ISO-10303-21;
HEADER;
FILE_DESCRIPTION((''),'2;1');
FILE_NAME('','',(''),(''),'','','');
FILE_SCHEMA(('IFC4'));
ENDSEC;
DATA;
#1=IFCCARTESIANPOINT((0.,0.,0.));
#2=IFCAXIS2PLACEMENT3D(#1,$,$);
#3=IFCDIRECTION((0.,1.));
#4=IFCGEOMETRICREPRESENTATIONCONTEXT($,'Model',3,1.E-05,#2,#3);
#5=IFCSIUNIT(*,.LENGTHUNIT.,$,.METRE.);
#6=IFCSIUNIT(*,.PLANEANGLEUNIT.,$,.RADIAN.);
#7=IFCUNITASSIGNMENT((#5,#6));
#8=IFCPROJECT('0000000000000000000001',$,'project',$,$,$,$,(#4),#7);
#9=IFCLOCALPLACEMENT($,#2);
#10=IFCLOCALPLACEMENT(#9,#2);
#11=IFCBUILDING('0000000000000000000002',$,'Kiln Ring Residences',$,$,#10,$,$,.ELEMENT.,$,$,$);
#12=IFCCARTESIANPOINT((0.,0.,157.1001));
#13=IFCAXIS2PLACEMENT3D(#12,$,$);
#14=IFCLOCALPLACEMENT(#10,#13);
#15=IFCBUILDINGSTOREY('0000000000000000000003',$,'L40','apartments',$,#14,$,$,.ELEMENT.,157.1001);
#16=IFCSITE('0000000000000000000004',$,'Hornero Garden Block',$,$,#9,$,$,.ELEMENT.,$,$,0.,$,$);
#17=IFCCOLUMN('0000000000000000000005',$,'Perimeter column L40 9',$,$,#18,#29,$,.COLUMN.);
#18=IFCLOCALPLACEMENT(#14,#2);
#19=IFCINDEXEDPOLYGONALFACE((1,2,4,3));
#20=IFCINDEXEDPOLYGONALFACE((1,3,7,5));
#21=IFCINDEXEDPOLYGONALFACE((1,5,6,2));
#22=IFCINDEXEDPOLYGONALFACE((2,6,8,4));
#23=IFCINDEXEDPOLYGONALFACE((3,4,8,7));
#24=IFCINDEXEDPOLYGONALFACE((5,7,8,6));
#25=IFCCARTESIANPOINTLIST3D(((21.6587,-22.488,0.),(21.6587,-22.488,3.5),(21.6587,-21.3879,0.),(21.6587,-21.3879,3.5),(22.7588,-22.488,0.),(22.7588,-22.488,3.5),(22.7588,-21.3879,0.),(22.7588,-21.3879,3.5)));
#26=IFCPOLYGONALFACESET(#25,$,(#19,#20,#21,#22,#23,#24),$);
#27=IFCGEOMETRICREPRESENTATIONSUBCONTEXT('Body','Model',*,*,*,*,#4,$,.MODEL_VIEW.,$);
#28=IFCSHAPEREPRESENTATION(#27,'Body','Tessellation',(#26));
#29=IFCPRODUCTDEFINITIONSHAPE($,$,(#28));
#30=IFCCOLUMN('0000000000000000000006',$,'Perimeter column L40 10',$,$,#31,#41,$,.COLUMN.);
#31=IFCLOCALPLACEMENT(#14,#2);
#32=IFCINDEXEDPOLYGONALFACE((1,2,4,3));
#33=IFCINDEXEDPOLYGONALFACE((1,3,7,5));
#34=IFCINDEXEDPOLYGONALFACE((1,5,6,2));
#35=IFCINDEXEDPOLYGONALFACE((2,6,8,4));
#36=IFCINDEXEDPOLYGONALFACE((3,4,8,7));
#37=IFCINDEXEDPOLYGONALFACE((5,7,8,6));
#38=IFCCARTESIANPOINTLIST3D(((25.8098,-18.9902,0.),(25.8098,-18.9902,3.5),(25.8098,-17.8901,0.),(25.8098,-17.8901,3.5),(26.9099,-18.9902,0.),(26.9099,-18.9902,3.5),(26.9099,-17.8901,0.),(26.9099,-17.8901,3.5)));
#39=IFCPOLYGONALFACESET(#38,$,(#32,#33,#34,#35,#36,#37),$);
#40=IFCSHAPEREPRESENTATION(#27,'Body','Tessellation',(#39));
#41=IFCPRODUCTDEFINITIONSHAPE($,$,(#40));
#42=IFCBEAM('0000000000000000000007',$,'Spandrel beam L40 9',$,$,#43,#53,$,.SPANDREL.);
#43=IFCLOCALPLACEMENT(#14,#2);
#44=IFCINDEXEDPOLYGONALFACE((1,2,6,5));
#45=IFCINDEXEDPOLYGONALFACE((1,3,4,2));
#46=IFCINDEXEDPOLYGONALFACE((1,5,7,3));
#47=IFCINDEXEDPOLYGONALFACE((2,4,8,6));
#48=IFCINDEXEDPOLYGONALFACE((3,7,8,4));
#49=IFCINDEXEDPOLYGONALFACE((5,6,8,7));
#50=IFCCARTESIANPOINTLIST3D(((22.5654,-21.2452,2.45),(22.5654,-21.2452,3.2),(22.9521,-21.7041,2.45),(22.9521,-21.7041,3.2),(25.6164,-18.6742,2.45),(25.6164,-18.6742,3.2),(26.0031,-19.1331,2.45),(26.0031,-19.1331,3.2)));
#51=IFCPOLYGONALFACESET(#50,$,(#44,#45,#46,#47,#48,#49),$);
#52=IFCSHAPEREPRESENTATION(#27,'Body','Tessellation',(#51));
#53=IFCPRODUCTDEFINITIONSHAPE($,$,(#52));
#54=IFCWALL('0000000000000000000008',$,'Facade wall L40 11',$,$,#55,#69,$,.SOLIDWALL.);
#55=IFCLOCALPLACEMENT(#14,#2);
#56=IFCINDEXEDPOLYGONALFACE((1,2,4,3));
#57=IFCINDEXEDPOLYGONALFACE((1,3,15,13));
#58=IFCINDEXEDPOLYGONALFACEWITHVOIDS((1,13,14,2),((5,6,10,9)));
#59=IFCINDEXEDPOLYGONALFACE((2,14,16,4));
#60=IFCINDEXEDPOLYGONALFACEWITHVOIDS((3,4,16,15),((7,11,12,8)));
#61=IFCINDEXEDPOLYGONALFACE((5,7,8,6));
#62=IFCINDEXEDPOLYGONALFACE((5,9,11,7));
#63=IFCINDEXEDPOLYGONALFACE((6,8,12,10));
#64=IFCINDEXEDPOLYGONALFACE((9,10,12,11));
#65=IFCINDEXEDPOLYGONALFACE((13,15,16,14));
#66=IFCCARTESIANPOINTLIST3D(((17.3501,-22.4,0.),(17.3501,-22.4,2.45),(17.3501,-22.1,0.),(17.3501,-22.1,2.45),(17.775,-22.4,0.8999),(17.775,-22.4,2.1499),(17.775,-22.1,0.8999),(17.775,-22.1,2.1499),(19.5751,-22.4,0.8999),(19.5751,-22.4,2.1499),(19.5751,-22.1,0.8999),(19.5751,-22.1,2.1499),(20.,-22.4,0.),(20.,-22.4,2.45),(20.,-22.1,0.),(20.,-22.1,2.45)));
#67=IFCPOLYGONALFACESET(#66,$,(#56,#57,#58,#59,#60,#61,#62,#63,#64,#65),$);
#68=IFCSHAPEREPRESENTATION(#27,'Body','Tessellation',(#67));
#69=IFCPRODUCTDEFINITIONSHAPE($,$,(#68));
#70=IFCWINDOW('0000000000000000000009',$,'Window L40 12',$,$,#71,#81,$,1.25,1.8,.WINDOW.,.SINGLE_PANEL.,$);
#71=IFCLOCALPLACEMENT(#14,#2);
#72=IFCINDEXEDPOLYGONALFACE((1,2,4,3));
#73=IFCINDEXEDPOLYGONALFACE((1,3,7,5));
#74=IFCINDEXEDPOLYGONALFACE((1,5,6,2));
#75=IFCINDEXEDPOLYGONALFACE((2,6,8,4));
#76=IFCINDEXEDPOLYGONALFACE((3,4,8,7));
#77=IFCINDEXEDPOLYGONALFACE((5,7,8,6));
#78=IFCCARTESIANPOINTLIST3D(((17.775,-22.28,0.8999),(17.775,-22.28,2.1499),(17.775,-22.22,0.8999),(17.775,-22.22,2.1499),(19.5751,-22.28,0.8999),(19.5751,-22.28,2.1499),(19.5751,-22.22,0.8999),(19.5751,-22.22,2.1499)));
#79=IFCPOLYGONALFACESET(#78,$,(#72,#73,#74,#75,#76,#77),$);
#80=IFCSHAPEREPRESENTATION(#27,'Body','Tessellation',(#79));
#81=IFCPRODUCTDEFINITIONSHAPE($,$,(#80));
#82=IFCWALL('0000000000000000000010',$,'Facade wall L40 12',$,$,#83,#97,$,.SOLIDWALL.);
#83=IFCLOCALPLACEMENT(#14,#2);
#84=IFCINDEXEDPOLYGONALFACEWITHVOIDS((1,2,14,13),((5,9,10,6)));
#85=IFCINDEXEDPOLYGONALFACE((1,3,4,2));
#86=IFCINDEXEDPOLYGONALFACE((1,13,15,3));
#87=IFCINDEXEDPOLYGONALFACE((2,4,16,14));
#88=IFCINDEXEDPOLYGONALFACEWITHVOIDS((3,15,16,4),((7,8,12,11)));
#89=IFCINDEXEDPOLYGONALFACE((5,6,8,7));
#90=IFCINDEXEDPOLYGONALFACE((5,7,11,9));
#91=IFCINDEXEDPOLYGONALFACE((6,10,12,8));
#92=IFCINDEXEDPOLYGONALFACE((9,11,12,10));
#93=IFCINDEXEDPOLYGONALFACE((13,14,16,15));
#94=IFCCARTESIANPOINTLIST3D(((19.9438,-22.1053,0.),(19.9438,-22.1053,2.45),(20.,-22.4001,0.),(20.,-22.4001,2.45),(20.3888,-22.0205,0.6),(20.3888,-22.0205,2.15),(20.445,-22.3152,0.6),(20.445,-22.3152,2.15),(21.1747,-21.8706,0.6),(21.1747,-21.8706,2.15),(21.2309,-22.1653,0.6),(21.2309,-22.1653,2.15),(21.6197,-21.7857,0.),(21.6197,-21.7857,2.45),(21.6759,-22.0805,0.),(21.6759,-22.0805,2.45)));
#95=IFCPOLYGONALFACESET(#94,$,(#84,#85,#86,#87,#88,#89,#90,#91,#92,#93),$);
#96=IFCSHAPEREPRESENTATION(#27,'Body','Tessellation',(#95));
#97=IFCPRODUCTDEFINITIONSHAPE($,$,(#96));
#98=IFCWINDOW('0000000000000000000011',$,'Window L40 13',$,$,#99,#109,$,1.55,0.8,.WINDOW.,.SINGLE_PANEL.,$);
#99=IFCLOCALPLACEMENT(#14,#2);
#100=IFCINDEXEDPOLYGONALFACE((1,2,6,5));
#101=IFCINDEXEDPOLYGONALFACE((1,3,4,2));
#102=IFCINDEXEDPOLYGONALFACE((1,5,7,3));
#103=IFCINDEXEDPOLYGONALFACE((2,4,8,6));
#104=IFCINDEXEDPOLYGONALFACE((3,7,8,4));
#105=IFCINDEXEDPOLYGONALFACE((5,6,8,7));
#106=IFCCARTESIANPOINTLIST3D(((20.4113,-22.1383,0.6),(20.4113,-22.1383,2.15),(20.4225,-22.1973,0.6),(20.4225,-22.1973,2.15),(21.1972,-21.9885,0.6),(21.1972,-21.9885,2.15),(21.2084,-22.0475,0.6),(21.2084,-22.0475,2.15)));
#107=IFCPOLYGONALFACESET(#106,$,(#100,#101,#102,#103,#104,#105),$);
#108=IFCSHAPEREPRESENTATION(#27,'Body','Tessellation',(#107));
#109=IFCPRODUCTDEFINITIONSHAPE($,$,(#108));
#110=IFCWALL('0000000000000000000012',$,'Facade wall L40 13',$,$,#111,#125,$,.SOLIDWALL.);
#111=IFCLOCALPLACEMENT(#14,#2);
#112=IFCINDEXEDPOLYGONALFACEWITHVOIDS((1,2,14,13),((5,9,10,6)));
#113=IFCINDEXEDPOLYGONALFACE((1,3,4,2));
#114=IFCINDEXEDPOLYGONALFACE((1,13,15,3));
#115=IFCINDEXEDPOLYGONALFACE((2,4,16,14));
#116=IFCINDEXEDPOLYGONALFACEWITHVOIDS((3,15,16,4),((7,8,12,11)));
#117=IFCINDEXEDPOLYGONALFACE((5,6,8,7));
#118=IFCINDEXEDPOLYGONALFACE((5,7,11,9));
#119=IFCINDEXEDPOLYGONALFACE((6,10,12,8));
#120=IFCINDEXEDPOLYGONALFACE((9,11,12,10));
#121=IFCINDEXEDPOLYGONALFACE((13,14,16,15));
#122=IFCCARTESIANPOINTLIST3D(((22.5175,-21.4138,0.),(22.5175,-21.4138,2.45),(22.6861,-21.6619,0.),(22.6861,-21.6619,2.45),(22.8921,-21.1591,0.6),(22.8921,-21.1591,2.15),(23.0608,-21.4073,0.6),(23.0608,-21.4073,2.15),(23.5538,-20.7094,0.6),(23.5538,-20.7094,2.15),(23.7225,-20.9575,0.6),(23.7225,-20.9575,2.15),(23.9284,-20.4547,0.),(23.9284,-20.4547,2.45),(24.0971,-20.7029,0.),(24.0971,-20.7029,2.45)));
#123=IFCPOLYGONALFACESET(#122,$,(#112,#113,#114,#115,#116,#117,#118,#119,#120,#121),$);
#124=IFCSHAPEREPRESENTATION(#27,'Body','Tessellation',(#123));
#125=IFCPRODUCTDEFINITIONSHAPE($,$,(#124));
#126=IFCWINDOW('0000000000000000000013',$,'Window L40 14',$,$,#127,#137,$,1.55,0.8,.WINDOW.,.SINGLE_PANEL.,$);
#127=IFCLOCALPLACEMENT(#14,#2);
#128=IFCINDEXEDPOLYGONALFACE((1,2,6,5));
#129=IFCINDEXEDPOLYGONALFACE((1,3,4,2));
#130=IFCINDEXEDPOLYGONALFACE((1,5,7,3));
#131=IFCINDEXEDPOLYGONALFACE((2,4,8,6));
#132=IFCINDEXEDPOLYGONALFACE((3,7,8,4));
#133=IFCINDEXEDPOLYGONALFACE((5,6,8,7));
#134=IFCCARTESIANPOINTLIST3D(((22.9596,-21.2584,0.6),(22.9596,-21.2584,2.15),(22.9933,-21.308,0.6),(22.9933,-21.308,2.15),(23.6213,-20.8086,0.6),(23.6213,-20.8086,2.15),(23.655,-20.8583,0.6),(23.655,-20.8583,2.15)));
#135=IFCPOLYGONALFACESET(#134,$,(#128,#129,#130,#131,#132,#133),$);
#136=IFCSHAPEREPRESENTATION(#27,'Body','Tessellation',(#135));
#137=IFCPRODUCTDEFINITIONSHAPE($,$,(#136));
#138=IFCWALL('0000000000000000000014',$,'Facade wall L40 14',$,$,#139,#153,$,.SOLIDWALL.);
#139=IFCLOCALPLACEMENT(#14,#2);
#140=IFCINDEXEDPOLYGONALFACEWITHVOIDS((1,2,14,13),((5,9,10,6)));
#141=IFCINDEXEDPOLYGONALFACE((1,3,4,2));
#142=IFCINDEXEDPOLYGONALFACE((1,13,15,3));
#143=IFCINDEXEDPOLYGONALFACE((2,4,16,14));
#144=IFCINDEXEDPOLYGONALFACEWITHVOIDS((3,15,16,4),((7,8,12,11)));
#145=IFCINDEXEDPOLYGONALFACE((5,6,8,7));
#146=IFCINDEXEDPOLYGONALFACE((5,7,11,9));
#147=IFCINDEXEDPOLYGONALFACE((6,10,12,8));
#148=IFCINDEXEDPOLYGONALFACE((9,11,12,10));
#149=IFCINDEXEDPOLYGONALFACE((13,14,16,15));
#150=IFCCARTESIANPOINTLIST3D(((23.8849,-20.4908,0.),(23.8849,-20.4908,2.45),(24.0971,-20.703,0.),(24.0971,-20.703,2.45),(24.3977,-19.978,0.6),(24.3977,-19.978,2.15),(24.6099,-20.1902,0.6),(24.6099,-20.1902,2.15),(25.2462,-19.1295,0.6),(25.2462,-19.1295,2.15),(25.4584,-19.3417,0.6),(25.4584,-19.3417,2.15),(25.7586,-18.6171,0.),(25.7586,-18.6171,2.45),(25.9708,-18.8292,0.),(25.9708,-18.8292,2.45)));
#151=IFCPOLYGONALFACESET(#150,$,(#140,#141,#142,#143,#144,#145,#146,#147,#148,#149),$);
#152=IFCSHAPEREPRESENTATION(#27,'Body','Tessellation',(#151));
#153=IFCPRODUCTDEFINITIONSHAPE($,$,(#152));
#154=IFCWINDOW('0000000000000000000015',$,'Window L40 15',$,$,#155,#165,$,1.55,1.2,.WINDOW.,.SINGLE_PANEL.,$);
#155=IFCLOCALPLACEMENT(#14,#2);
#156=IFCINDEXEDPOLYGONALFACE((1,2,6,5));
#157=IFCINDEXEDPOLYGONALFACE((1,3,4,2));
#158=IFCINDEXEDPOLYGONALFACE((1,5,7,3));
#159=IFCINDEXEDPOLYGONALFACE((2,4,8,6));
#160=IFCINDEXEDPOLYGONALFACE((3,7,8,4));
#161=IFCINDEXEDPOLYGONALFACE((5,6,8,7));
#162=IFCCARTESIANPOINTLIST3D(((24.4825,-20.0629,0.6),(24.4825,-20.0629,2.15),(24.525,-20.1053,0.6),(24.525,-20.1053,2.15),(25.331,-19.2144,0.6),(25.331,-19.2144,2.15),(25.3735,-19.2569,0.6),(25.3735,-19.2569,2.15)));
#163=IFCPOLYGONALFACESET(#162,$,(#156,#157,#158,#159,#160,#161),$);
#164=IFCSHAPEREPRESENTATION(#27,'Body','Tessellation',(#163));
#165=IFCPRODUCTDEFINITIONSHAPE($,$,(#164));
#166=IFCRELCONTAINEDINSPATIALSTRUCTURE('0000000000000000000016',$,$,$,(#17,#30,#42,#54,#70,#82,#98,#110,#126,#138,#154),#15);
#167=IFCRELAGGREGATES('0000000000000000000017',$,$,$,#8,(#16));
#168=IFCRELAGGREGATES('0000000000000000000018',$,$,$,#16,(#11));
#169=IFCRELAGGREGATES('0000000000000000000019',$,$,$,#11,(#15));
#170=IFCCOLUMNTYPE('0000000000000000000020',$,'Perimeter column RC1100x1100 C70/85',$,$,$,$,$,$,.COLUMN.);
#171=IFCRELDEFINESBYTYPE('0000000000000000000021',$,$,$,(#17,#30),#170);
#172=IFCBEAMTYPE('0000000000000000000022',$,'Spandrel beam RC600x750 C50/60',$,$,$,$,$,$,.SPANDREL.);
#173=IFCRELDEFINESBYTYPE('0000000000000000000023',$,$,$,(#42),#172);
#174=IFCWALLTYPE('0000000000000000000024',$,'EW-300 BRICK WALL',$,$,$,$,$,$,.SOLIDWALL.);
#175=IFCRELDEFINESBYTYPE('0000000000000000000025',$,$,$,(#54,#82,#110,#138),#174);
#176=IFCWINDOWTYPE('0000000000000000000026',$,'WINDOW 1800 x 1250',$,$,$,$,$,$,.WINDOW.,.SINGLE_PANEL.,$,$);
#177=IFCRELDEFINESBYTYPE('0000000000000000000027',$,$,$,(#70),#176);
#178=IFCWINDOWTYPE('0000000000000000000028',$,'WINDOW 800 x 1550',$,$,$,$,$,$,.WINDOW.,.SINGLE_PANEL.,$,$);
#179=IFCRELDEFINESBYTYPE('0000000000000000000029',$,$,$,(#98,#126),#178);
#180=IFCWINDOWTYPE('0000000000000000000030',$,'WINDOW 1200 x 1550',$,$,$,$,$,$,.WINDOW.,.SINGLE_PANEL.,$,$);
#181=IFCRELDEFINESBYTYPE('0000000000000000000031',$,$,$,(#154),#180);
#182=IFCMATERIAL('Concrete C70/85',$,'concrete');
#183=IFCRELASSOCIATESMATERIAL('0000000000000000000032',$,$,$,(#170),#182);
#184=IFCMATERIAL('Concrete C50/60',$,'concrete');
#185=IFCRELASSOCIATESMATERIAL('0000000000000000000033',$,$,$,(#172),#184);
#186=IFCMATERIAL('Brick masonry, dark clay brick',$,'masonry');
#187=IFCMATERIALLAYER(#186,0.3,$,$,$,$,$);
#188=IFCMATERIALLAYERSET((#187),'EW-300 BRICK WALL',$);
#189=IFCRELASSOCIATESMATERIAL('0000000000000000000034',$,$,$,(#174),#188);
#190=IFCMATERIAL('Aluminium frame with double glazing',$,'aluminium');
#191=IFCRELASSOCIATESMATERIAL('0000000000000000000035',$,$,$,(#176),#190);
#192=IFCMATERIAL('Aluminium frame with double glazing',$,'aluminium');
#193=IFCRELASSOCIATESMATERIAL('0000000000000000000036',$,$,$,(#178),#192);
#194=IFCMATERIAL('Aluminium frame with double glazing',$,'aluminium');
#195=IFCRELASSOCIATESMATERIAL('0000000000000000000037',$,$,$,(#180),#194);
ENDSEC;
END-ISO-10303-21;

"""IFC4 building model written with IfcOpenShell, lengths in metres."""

from ifc_helpers import new_model, si_unit, direction, frame, frame_2d, origin, origin_2d, place, context, subcontext, project, spatial, rectangle, extrude, material, layer, layer_set, material_profile, profile_set, type_object, element, fill, save


model = new_model("IFC4")

# Units and contexts
model_context = context("Model", 3, precision=1e-05, world=origin(), true_north=direction((0.0, 1.0)))
body_context = subcontext(model_context, "Body", "Model", "MODEL_VIEW")
ifc_project = project(units=[si_unit("LENGTHUNIT", "METRE"), si_unit("PLANEANGLEUNIT", "RADIAN")], contexts=[model_context])

# Site, building, storey
site_placement = place(None, origin())
site = spatial("IfcSite", under=ifc_project, at=site_placement, Name="Hornero Garden Block", CompositionType="ELEMENT", RefElevation=0.0)
building_placement = place(site_placement, origin())
building = spatial("IfcBuilding", under=site, at=building_placement, Name="Kiln Ring Residences", CompositionType="ELEMENT")
storey_placement = place(building_placement, frame((0.0, 0.0, 157.1001)))
storey = spatial("IfcBuildingStorey", under=building, at=storey_placement, Name="L40", Description="apartments", CompositionType="ELEMENT", Elevation=157.1001)

# Columns
ifc_material_1 = material(Name="Concrete C70/85", Category="concrete")
ifc_material_profile_1 = material_profile(ifc_material_1, rectangle(XDim=1.1001, YDim=1.1001, at=origin_2d()), Name="RC1100x1100")
ifc_profile_set_1 = profile_set([ifc_material_profile_1], Name="Concrete C70/85")
column_type = type_object("IfcColumnType", Name="Perimeter column RC1100x1100 C70/85", PredefinedType="COLUMN", material=ifc_profile_set_1)
for number, where, z_axis, x_axis, name in (
    (1, (22.2087, -21.938, 0.0), (0.0, 0.0, 1.0), (1.0, 0.0, 0.0), "Perimeter column L40 9"),
    (2, (26.3599, -18.4402, 0.0), (0.0, 0.0, 1.0), (1.0, 0.0, 0.0), "Perimeter column L40 10"),
):
    element("IfcColumn", number, at=place(storey_placement, frame(where, z_axis=z_axis, x_axis=x_axis)), inside=storey, type_object=column_type, Name=name, PredefinedType="COLUMN", context=body_context, shape_type="SweptSolid", body=[
        extrude(rectangle(XDim=1.1001, YDim=1.1001, at=origin_2d()), origin(), (0.0, 0.0, 1.0), 3.5),
    ])

# Beam
ifc_material_2 = material(Name="Concrete C50/60", Category="concrete")
ifc_material_profile_2 = material_profile(ifc_material_2, rectangle(XDim=0.6001, YDim=0.75, at=origin_2d()), Name="RC600x750")
ifc_profile_set_2 = profile_set([ifc_material_profile_2], Name="Concrete C50/60")
beam_type = type_object("IfcBeamType", Name="Spandrel beam RC600x750 C50/60", PredefinedType="SPANDREL", material=ifc_profile_set_2)
beam_placement = place(storey_placement, frame((22.7588, -21.4746, 2.825), z_axis=(0.764694, 0.644394, 0.0), x_axis=(-0.644394, 0.764694, 0.0)))
element("IfcBeam", 3, at=beam_placement, inside=storey, type_object=beam_type, Name="Spandrel beam L40 9", PredefinedType="SPANDREL", context=body_context, shape_type="SweptSolid", body=[
    extrude(rectangle(XDim=0.6001, YDim=0.75, at=origin_2d()), origin(), (0.0, 0.0, 1.0), 3.9897),
])

# Walls, openings, windows
ifc_material_3 = material(Name="Brick masonry, dark clay brick", Category="masonry")
ifc_layer_1 = layer(ifc_material_3, 0.3)
ifc_layer_set_1 = layer_set([ifc_layer_1], Name="EW-300 BRICK WALL")
wall_type_1 = type_object("IfcWallType", Name="EW-300 BRICK WALL", PredefinedType="SOLIDWALL", material=ifc_layer_set_1)
wall_1_placement = place(storey_placement, frame((17.3501, -22.25, 0.0), z_axis=(0.0, 0.0, 1.0), x_axis=(1.0, 0.0, 0.0)))
wall_1 = element("IfcWall", 4, at=wall_1_placement, inside=storey, type_object=wall_type_1, Name="Facade wall L40 11", PredefinedType="SOLIDWALL", context=body_context, shape_type="SweptSolid", body=[
    extrude(rectangle(XDim=2.6499, YDim=0.3, at=frame_2d((1.325, 0.0))), origin(), (0.0, 0.0, 1.0), 2.45),
])
opening_1_placement = place(wall_1_placement, frame((0.425, 0.0, 0.8999)))
opening_1 = element("IfcOpeningElement", 5, at=opening_1_placement, cuts=wall_1, PredefinedType="OPENING", context=body_context, shape_type="SweptSolid", body=[
    extrude(rectangle(XDim=1.8, YDim=1.25, at=frame_2d((0.8999, 0.625))), frame((0.0, 0.1599, 0.0), z_axis=(0.0, -1.0, 0.0), x_axis=(1.0, 0.0, 0.0)), (0.0, 0.0, 1.0), 0.3201),
])
ifc_material_4 = material(Name="Aluminium frame with double glazing", Category="aluminium")
window_type_1 = type_object("IfcWindowType", Name="WINDOW 1800 x 1250", PartitioningType="SINGLE_PANEL", PredefinedType="WINDOW", material=ifc_material_4)
window_1_placement = place(opening_1_placement, origin())
window_1 = element("IfcWindow", 6, at=window_1_placement, inside=storey, type_object=window_type_1, Name="Window L40 12", OverallHeight=1.25, OverallWidth=1.8, PartitioningType="SINGLE_PANEL", PredefinedType="WINDOW", context=body_context, shape_type="SweptSolid", body=[
    extrude(rectangle(XDim=1.8, YDim=1.25, at=frame_2d((0.8999, 0.625))), frame((0.0, 0.03, 0.0), z_axis=(0.0, -1.0, 0.0), x_axis=(1.0, 0.0, 0.0)), (0.0, 0.0, 1.0), 0.0601),
])
fill(opening_1, window_1)
wall_2_placement = place(storey_placement, frame((19.9719, -22.2527, 0.0), z_axis=(0.0, 0.0, 1.0), x_axis=(0.982297, 0.187329, 0.0)))
wall_2 = element("IfcWall", 7, at=wall_2_placement, inside=storey, type_object=wall_type_1, Name="Facade wall L40 12", PredefinedType="SOLIDWALL", context=body_context, shape_type="SweptSolid", body=[
    extrude(rectangle(XDim=1.7061, YDim=0.3, at=frame_2d((0.853, 0.0))), origin(), (0.0, 0.0, 1.0), 2.45),
])
opening_2_placement = place(wall_2_placement, frame((0.4531, 0.0, 0.6001)))
opening_2 = element("IfcOpeningElement", 8, at=opening_2_placement, cuts=wall_2, PredefinedType="OPENING", context=body_context, shape_type="SweptSolid", body=[
    extrude(rectangle(XDim=0.8, YDim=1.55, at=frame_2d((0.3999, 0.7749))), frame((0.0, 0.1599, 0.0), z_axis=(0.0, -1.0, 0.0), x_axis=(1.0, 0.0, 0.0)), (0.0, 0.0, 1.0), 0.3201),
])
ifc_material_5 = material(Name="Aluminium frame with double glazing", Category="aluminium")
window_type_2 = type_object("IfcWindowType", Name="WINDOW 800 x 1550", PartitioningType="SINGLE_PANEL", PredefinedType="WINDOW", material=ifc_material_5)
window_2_placement = place(opening_2_placement, origin())
window_2 = element("IfcWindow", 9, at=window_2_placement, inside=storey, type_object=window_type_2, Name="Window L40 13", OverallHeight=1.55, OverallWidth=0.8, PartitioningType="SINGLE_PANEL", PredefinedType="WINDOW", context=body_context, shape_type="SweptSolid", body=[
    extrude(rectangle(XDim=0.8, YDim=1.55, at=frame_2d((0.3999, 0.7749))), frame((0.0, 0.03, 0.0), z_axis=(0.0, -1.0, 0.0), x_axis=(1.0, 0.0, 0.0)), (0.0, 0.0, 1.0), 0.0601),
])
fill(opening_2, window_2)
wall_3_placement = place(storey_placement, frame((22.6018, -21.5378, 0.0), z_axis=(0.0, 0.0, 1.0), x_axis=(0.827041, 0.562142, 0.0)))
wall_3 = element("IfcWall", 10, at=wall_3_placement, inside=storey, type_object=wall_type_1, Name="Facade wall L40 13", PredefinedType="SOLIDWALL", context=body_context, shape_type="SweptSolid", body=[
    extrude(rectangle(XDim=1.7061, YDim=0.3, at=frame_2d((0.853, 0.0))), origin(), (0.0, 0.0, 1.0), 2.45),
])
opening_3_placement = place(wall_3_placement, frame((0.4531, 0.0, 0.6001)))
opening_3 = element("IfcOpeningElement", 11, at=opening_3_placement, cuts=wall_3, PredefinedType="OPENING", context=body_context, shape_type="SweptSolid", body=[
    extrude(rectangle(XDim=0.8, YDim=1.55, at=frame_2d((0.3999, 0.7749))), frame((0.0, 0.1599, 0.0), z_axis=(0.0, -1.0, 0.0), x_axis=(1.0, 0.0, 0.0)), (0.0, 0.0, 1.0), 0.3201),
])
window_3_placement = place(opening_3_placement, origin())
window_3 = element("IfcWindow", 12, at=window_3_placement, inside=storey, type_object=window_type_2, Name="Window L40 14", OverallHeight=1.55, OverallWidth=0.8, PartitioningType="SINGLE_PANEL", PredefinedType="WINDOW", context=body_context, shape_type="SweptSolid", body=[
    extrude(rectangle(XDim=0.8, YDim=1.55, at=frame_2d((0.3999, 0.7749))), frame((0.0, 0.03, 0.0), z_axis=(0.0, -1.0, 0.0), x_axis=(1.0, 0.0, 0.0)), (0.0, 0.0, 1.0), 0.0601),
])
fill(opening_3, window_3)
wall_4_placement = place(storey_placement, frame((23.991, -20.5969, 0.0), z_axis=(0.0, 0.0, 1.0), x_axis=(0.707107, 0.707107, 0.0)))
wall_4 = element("IfcWall", 13, at=wall_4_placement, inside=storey, type_object=wall_type_1, Name="Facade wall L40 14", PredefinedType="SOLIDWALL", context=body_context, shape_type="SweptSolid", body=[
    extrude(rectangle(XDim=2.6499, YDim=0.3, at=frame_2d((1.325, 0.0))), origin(), (0.0, 0.0, 1.0), 2.45),
])
opening_4_placement = place(wall_4_placement, frame((0.7251, 0.0, 0.6001)))
opening_4 = element("IfcOpeningElement", 14, at=opening_4_placement, cuts=wall_4, PredefinedType="OPENING", context=body_context, shape_type="SweptSolid", body=[
    extrude(rectangle(XDim=1.2, YDim=1.55, at=frame_2d((0.6001, 0.7749))), frame((0.0, 0.1599, 0.0), z_axis=(0.0, -1.0, 0.0), x_axis=(1.0, 0.0, 0.0)), (0.0, 0.0, 1.0), 0.3201),
])
ifc_material_6 = material(Name="Aluminium frame with double glazing", Category="aluminium")
window_type_3 = type_object("IfcWindowType", Name="WINDOW 1200 x 1550", PartitioningType="SINGLE_PANEL", PredefinedType="WINDOW", material=ifc_material_6)
window_4_placement = place(opening_4_placement, origin())
window_4 = element("IfcWindow", 15, at=window_4_placement, inside=storey, type_object=window_type_3, Name="Window L40 15", OverallHeight=1.55, OverallWidth=1.2, PartitioningType="SINGLE_PANEL", PredefinedType="WINDOW", context=body_context, shape_type="SweptSolid", body=[
    extrude(rectangle(XDim=1.2, YDim=1.55, at=frame_2d((0.6001, 0.7749))), frame((0.0, 0.03, 0.0), z_axis=(0.0, -1.0, 0.0), x_axis=(1.0, 0.0, 0.0)), (0.0, 0.0, 1.0), 0.0601),
])
fill(opening_4, window_4)

save(model, "model.ifc")
